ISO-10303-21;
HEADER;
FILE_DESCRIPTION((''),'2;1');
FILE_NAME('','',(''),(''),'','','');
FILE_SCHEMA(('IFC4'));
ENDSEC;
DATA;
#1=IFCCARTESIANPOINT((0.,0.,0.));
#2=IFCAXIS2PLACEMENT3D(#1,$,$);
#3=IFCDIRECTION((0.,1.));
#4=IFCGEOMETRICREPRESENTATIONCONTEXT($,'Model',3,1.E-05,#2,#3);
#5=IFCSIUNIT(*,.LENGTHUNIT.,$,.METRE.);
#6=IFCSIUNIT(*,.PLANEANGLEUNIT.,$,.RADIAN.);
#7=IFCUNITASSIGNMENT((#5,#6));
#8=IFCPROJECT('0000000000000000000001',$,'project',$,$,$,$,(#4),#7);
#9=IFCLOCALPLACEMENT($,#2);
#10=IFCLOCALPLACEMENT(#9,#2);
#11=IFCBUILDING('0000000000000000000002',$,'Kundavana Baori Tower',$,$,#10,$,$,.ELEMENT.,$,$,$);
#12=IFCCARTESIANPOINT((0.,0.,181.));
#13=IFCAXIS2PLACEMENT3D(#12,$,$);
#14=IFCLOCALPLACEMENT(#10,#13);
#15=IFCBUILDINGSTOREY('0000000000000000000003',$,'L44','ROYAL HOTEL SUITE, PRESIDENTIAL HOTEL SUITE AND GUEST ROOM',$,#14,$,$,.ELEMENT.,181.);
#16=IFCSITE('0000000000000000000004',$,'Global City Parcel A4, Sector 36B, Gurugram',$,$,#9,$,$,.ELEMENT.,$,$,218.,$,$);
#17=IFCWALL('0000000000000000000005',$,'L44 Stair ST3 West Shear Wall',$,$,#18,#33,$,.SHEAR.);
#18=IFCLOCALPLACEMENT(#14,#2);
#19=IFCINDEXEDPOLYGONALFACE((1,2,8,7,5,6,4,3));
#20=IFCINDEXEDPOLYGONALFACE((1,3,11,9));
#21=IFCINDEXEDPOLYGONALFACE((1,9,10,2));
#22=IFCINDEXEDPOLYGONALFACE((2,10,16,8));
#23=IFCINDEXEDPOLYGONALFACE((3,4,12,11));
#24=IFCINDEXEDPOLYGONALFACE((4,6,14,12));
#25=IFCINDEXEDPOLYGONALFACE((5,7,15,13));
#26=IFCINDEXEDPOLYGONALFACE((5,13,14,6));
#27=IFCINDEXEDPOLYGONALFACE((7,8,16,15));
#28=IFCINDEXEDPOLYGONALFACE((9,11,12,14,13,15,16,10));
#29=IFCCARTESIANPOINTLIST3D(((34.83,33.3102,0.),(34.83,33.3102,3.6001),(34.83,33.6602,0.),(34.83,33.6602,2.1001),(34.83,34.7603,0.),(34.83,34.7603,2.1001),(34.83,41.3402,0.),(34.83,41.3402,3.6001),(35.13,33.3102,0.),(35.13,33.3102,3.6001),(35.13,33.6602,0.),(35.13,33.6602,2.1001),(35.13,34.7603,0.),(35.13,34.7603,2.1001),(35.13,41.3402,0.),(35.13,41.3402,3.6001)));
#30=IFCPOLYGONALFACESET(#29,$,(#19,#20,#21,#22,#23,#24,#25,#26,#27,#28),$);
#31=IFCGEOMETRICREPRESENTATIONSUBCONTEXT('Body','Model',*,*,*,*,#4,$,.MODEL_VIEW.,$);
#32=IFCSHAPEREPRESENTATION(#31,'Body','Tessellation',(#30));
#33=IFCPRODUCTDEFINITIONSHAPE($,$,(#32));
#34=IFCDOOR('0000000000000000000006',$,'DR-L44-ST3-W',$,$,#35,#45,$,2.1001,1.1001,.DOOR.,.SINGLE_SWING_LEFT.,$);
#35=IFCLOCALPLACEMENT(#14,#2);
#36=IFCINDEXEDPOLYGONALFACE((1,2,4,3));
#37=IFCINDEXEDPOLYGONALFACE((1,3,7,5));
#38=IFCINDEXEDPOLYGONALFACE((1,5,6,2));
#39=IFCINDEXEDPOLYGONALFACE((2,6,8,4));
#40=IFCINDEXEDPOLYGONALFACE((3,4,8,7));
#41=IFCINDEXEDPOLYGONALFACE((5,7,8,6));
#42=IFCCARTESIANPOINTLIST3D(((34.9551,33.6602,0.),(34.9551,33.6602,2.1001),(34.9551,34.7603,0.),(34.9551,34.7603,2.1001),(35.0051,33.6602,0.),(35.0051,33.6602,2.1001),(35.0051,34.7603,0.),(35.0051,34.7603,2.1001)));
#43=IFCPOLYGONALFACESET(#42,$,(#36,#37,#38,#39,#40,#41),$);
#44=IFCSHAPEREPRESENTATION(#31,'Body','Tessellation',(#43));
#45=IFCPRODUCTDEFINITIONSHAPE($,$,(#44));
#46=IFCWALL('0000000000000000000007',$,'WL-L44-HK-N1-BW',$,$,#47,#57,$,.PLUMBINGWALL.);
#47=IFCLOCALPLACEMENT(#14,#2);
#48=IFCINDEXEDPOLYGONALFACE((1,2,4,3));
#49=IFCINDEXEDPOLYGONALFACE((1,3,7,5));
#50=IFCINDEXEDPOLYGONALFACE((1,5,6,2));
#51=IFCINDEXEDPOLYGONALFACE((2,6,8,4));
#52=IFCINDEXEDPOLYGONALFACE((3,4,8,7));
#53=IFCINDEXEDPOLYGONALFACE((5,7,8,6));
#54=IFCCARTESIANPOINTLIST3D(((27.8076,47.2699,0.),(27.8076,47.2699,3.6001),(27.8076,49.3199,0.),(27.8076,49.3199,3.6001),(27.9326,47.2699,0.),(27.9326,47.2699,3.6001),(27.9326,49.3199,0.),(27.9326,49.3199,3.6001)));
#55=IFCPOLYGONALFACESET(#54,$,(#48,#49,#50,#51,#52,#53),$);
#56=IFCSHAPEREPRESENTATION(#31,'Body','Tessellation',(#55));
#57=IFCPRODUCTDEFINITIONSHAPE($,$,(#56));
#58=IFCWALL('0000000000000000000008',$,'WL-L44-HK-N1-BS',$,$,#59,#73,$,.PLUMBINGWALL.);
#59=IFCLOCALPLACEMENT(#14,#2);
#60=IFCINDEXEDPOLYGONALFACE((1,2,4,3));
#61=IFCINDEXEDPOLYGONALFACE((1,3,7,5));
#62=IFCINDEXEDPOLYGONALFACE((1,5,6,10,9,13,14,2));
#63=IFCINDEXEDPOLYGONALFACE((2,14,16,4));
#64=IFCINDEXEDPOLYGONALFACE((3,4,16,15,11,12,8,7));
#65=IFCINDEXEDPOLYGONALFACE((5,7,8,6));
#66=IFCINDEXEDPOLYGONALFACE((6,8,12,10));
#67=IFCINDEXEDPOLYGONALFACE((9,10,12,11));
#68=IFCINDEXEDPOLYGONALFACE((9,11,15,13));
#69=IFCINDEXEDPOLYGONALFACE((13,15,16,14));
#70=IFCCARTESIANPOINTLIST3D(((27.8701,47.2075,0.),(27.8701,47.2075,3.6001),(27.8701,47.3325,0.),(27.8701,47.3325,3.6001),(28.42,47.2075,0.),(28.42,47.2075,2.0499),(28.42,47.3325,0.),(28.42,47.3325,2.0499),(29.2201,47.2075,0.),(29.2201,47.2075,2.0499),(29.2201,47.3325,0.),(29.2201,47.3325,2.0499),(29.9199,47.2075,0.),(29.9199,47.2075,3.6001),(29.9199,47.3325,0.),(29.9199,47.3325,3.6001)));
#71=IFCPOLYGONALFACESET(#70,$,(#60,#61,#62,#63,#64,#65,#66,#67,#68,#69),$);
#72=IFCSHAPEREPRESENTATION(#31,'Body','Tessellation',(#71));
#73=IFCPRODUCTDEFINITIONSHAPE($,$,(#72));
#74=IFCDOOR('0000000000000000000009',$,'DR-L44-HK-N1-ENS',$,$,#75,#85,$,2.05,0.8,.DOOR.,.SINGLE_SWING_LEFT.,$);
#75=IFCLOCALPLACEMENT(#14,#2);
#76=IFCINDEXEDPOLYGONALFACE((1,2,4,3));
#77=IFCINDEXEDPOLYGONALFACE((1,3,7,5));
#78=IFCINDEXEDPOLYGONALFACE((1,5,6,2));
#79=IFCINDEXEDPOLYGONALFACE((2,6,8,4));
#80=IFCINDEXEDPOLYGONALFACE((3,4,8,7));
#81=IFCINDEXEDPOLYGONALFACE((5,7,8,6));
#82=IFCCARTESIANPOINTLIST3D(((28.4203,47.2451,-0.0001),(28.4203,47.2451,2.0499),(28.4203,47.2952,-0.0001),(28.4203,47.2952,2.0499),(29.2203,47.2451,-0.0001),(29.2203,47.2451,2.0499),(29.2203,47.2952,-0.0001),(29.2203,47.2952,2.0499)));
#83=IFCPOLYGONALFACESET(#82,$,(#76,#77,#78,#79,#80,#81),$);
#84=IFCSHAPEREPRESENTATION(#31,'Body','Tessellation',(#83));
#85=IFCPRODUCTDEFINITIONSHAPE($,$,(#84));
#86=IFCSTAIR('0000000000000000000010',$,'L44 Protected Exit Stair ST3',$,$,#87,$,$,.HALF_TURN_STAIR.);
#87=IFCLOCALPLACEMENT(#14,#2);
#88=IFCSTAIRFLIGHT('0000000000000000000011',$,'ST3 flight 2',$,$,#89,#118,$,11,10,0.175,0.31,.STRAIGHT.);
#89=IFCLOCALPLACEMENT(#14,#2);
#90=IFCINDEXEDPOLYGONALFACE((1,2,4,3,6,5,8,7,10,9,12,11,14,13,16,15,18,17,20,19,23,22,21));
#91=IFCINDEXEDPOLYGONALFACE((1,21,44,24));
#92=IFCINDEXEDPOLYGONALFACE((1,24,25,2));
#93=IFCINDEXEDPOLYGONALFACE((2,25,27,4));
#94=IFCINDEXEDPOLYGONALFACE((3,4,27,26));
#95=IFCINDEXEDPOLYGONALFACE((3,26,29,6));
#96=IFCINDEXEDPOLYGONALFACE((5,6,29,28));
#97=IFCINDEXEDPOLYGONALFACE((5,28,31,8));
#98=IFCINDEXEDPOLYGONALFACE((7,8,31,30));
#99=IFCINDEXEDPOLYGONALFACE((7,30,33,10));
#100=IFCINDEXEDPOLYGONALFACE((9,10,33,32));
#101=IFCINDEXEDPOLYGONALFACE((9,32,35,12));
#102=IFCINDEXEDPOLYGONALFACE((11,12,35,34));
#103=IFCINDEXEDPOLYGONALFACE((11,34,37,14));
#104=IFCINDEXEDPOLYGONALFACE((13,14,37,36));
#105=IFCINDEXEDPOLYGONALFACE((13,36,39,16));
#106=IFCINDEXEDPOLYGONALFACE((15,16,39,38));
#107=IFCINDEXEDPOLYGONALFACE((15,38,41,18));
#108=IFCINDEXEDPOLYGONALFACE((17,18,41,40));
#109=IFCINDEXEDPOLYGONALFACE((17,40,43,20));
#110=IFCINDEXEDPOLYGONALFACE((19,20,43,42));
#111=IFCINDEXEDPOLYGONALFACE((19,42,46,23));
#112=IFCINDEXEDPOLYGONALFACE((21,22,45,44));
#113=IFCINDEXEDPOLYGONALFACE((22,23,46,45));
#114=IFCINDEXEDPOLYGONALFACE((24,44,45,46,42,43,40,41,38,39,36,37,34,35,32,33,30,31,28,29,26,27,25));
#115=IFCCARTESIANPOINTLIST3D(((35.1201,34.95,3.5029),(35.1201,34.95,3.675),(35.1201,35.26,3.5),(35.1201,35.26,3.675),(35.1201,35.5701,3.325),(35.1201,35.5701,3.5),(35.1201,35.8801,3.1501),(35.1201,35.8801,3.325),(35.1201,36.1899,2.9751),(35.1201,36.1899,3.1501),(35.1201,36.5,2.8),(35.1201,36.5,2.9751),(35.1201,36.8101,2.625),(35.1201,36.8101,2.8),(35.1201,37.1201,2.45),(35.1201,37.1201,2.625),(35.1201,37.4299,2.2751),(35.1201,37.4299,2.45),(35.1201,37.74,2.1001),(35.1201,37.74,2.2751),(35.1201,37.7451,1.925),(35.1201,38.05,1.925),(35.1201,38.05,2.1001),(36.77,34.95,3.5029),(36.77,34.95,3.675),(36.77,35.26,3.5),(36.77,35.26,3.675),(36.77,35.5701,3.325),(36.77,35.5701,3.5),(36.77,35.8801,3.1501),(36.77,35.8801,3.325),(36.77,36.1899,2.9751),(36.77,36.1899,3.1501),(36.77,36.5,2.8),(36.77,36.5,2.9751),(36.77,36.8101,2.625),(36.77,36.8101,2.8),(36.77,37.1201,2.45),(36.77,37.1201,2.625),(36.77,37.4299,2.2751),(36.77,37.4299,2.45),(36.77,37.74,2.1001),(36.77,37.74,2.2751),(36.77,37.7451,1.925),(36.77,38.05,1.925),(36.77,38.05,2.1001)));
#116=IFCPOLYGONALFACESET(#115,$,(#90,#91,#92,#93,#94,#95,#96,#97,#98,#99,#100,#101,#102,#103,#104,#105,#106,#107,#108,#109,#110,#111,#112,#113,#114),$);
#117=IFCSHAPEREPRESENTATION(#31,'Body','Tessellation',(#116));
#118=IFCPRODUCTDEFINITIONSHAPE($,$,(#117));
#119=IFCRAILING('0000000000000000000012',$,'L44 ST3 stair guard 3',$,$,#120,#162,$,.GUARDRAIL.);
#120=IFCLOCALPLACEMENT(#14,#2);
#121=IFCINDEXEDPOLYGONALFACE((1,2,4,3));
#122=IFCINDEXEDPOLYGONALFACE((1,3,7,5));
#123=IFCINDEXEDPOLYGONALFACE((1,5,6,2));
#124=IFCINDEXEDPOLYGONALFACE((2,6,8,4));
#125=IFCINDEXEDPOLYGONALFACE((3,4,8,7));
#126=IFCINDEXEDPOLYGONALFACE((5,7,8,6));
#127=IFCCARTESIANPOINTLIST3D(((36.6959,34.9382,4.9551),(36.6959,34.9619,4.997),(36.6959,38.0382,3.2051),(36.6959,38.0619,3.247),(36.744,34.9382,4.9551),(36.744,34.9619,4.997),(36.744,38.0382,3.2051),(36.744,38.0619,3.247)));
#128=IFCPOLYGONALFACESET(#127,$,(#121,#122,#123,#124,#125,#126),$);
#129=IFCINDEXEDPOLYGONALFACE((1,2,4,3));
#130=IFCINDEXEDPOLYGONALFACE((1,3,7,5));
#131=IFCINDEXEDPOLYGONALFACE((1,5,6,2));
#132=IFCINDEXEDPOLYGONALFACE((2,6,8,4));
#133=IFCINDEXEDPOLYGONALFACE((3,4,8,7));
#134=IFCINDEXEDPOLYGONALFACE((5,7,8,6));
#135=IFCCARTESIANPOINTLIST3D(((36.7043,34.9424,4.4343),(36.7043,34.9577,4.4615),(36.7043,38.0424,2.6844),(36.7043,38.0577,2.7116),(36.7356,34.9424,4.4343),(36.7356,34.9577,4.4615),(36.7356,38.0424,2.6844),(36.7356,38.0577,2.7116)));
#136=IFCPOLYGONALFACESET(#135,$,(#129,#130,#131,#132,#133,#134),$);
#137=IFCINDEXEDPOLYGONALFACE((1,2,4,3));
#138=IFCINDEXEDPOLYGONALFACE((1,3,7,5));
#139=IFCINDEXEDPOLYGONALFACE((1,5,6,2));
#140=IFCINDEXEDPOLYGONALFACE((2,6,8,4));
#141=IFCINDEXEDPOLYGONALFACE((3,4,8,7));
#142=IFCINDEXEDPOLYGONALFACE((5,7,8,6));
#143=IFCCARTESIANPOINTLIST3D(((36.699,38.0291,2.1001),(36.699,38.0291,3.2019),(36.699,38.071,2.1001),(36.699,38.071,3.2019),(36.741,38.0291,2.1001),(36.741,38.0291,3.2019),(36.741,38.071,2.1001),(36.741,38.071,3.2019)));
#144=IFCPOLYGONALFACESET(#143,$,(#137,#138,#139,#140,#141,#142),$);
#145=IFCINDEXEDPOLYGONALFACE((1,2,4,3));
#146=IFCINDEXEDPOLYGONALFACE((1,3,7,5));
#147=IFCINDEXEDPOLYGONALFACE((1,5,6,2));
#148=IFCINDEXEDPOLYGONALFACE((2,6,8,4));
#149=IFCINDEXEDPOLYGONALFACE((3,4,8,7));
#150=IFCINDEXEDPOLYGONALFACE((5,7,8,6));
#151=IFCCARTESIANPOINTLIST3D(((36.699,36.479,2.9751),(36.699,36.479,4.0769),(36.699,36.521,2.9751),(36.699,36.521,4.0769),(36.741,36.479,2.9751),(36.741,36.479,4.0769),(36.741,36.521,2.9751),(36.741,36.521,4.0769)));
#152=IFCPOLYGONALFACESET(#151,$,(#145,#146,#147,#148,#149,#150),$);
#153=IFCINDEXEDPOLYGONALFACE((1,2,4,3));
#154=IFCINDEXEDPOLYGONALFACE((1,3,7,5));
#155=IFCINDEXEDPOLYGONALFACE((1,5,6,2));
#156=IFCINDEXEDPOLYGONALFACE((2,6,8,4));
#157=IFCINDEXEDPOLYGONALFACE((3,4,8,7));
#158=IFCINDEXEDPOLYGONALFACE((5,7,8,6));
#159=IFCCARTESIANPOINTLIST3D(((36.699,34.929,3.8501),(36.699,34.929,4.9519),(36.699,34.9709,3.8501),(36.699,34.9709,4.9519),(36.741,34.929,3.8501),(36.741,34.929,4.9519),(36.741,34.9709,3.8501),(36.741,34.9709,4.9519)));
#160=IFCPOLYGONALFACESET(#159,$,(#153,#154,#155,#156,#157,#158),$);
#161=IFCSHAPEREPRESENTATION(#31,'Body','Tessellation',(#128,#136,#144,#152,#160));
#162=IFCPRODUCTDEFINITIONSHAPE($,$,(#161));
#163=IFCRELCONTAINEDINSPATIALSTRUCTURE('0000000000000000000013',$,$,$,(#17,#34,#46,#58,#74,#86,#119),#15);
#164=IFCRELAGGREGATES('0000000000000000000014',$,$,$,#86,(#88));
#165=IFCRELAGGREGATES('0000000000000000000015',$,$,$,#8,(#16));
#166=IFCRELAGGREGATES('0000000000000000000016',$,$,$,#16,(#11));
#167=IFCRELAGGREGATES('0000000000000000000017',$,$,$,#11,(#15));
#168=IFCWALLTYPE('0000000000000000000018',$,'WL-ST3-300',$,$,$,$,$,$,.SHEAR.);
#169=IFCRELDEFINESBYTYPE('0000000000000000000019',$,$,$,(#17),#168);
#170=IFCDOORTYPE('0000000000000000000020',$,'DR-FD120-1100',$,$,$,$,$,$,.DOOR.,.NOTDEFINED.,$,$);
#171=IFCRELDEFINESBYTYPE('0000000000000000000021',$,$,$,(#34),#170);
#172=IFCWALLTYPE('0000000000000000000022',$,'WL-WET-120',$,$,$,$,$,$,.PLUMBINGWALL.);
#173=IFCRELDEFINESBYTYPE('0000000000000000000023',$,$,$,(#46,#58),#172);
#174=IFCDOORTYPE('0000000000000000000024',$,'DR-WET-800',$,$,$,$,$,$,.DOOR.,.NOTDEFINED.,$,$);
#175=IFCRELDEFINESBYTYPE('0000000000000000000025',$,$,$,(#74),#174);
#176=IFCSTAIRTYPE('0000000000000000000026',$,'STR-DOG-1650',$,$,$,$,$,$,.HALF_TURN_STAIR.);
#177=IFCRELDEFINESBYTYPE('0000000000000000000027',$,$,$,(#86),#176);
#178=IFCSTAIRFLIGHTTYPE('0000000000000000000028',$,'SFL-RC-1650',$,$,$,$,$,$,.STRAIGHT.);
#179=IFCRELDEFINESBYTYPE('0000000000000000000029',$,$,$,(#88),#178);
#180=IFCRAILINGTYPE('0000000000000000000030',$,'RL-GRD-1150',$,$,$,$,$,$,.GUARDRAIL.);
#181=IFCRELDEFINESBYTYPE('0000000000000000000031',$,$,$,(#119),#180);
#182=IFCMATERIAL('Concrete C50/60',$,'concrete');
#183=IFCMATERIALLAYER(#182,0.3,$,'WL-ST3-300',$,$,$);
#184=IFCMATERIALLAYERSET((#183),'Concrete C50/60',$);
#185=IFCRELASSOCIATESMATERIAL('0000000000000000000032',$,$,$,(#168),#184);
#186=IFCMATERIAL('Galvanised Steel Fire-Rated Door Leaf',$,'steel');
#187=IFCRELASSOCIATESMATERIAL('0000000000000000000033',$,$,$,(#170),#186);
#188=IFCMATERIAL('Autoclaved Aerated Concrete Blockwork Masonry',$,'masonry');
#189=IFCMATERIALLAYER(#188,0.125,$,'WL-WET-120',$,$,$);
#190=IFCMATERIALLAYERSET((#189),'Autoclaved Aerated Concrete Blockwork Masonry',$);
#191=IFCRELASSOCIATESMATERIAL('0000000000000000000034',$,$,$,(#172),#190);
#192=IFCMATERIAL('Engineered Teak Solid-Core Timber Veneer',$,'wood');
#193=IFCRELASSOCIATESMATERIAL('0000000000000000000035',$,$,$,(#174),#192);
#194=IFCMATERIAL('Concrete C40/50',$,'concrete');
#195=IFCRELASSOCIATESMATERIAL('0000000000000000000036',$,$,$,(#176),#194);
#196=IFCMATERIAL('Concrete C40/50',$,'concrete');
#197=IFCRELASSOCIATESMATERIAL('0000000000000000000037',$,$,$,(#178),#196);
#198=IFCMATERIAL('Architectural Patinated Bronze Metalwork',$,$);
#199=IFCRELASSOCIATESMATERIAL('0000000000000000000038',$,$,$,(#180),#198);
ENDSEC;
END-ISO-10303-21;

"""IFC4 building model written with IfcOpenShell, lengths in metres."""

from ifc_helpers import new_model, si_unit, direction, frame, frame_2d, origin, origin_2d, place, context, subcontext, project, spatial, polyline, rectangle, outline, extrude, material, layer, layer_set, type_object, element, fill, aggregate, save


model = new_model("IFC4")

# Units and contexts
model_context = context("Model", 3, precision=1e-05, world=origin(), true_north=direction((0.0, 1.0)))
body_context = subcontext(model_context, "Body", "Model", "MODEL_VIEW")
ifc_project = project(units=[si_unit("LENGTHUNIT", "METRE"), si_unit("PLANEANGLEUNIT", "RADIAN")], contexts=[model_context])

# Site, building, storey
site_placement = place(None, origin())
site = spatial("IfcSite", under=ifc_project, at=site_placement, Name="Global City Parcel A4, Sector 36B, Gurugram", CompositionType="ELEMENT", RefElevation=218.0)
building_placement = place(site_placement, origin())
building = spatial("IfcBuilding", under=site, at=building_placement, Name="Kundavana Baori Tower", CompositionType="ELEMENT")
storey_placement = place(building_placement, frame((0.0, 0.0, 181.0)))
storey = spatial("IfcBuildingStorey", under=building, at=storey_placement, Name="L44", Description="ROYAL HOTEL SUITE, PRESIDENTIAL HOTEL SUITE AND GUEST ROOM", CompositionType="ELEMENT", Elevation=181.0)

# Shared definitions
ifc_material_1 = material(Name="Concrete C50/60", Category="concrete")
ifc_layer_1 = layer(ifc_material_1, 0.3, Name="WL-ST3-300")
ifc_layer_set_1 = layer_set([ifc_layer_1], Name="Concrete C50/60")
wall_type_1 = type_object("IfcWallType", Name="WL-ST3-300", PredefinedType="SHEAR", material=ifc_layer_set_1)

# Wall, opening, door
wall_1_placement = place(storey_placement, frame((34.98, 33.3101, 0.0), z_axis=(0.0, 0.0, 1.0), x_axis=(0.0, 1.0, 0.0)))
wall_1 = element("IfcWall", 1, at=wall_1_placement, inside=storey, type_object=wall_type_1, Name="L44 Stair ST3 West Shear Wall", PredefinedType="SHEAR", context=body_context, shape_type="SweptSolid", body=[
    extrude(rectangle(XDim=8.03, YDim=0.3, at=frame_2d((4.0151, 0.0))), origin(), (0.0, 0.0, 1.0), 3.6001),
])
opening_1_placement = place(wall_1_placement, frame((0.3501, 0.0, 0.0)))
opening_1 = element("IfcOpeningElement", 2, at=opening_1_placement, cuts=wall_1, PredefinedType="OPENING", context=body_context, shape_type="SweptSolid", body=[
    extrude(rectangle(XDim=1.1001, YDim=2.1001, at=frame_2d((0.55, 1.05))), frame((0.0, 0.1602, 0.0), z_axis=(0.0, -1.0, 0.0), x_axis=(1.0, 0.0, 0.0)), (0.0, 0.0, 1.0), 0.3201),
])
ifc_material_2 = material(Name="Galvanised Steel Fire-Rated Door Leaf", Category="steel")
door_type_1 = type_object("IfcDoorType", Name="DR-FD120-1100", OperationType="NOTDEFINED", PredefinedType="DOOR", material=ifc_material_2)
door_1_placement = place(opening_1_placement, origin())
door_1 = element("IfcDoor", 3, at=door_1_placement, inside=storey, type_object=door_type_1, Name="DR-L44-ST3-W", OperationType="SINGLE_SWING_LEFT", OverallHeight=2.1001, OverallWidth=1.1001, PredefinedType="DOOR", context=body_context, shape_type="SweptSolid", body=[
    extrude(rectangle(XDim=1.1001, YDim=2.1001, at=frame_2d((0.55, 1.05))), frame((0.0, 0.0249, 0.0), z_axis=(0.0, -1.0, 0.0), x_axis=(1.0, 0.0, 0.0)), (0.0, 0.0, 1.0), 0.05),
])
fill(opening_1, door_1)

# Wall
ifc_material_3 = material(Name="Autoclaved Aerated Concrete Blockwork Masonry", Category="masonry")
ifc_layer_2 = layer(ifc_material_3, 0.125, Name="WL-WET-120")
ifc_layer_set_2 = layer_set([ifc_layer_2], Name="Autoclaved Aerated Concrete Blockwork Masonry")
wall_type_2 = type_object("IfcWallType", Name="WL-WET-120", PredefinedType="PLUMBINGWALL", material=ifc_layer_set_2)
wall_2_placement = place(storey_placement, frame((27.8701, 47.27, 0.0), z_axis=(0.0, 0.0, 1.0), x_axis=(0.0, 1.0, 0.0)))
element("IfcWall", 4, at=wall_2_placement, inside=storey, type_object=wall_type_2, Name="WL-L44-HK-N1-BW", PredefinedType="PLUMBINGWALL", context=body_context, shape_type="SweptSolid", body=[
    extrude(rectangle(XDim=2.05, YDim=0.125, at=frame_2d((1.0249, 0.0))), origin(), (0.0, 0.0, 1.0), 3.6001),
])

# Wall, opening, door
wall_3_placement = place(storey_placement, frame((27.8701, 47.27, 0.0), z_axis=(0.0, 0.0, 1.0), x_axis=(1.0, 0.0, 0.0)))
wall_3 = element("IfcWall", 5, at=wall_3_placement, inside=storey, type_object=wall_type_2, Name="WL-L44-HK-N1-BS", PredefinedType="PLUMBINGWALL", context=body_context, shape_type="SweptSolid", body=[
    extrude(rectangle(XDim=2.0498, YDim=0.125, at=frame_2d((1.0249, 0.0))), origin(), (0.0, 0.0, 1.0), 3.6001),
])
opening_2_placement = place(wall_3_placement, frame((0.55, 0.0, 0.0)))
opening_2 = element("IfcOpeningElement", 6, at=opening_2_placement, cuts=wall_3, PredefinedType="OPENING", context=body_context, shape_type="SweptSolid", body=[
    extrude(rectangle(XDim=0.8, YDim=2.05, at=frame_2d((0.3999, 1.0249))), frame((0.0, 0.0725, 0.0), z_axis=(0.0, -1.0, 0.0), x_axis=(1.0, 0.0, 0.0)), (0.0, 0.0, 1.0), 0.145),
])
ifc_material_4 = material(Name="Engineered Teak Solid-Core Timber Veneer", Category="wood")
door_type_2 = type_object("IfcDoorType", Name="DR-WET-800", OperationType="NOTDEFINED", PredefinedType="DOOR", material=ifc_material_4)
door_2_placement = place(opening_2_placement, frame((0.8, 0.0, 0.0), z_axis=(0.0, 0.0, 1.0), x_axis=(-1.0, 0.0, 0.0)))
door_2 = element("IfcDoor", 7, at=door_2_placement, inside=storey, type_object=door_type_2, Name="DR-L44-HK-N1-ENS", OperationType="SINGLE_SWING_LEFT", OverallHeight=2.05, OverallWidth=0.8, PredefinedType="DOOR", context=body_context, shape_type="SweptSolid", body=[
    extrude(rectangle(XDim=0.8, YDim=2.05, at=frame_2d((0.3999, 1.0249))), frame((0.0, 0.0249, 0.0), z_axis=(0.0, -1.0, 0.0), x_axis=(1.0, 0.0, 0.0)), (0.0, 0.0, 1.0), 0.05),
])
fill(opening_2, door_2)

# Stair, stair flight
ifc_material_5 = material(Name="Concrete C40/50", Category="concrete")
stair_type = type_object("IfcStairType", Name="STR-DOG-1650", PredefinedType="HALF_TURN_STAIR", material=ifc_material_5)
stair_placement = place(storey_placement, origin())
stair = element("IfcStair", 8, at=stair_placement, inside=storey, type_object=stair_type, Name="L44 Protected Exit Stair ST3", PredefinedType="HALF_TURN_STAIR")
ifc_material_6 = material(Name="Concrete C40/50", Category="concrete")
stair_flight_type = type_object("IfcStairFlightType", Name="SFL-RC-1650", PredefinedType="STRAIGHT", material=ifc_material_6)
stair_flight_placement = place(storey_placement, frame((35.9451, 38.05, 1.925), z_axis=(0.0, 0.0, 1.0), x_axis=(0.0, -1.0, 0.0)))
stair_flight = element("IfcStairFlight", 9, at=stair_flight_placement, type_object=stair_flight_type, Name="ST3 flight 2", NumberOfRisers=11, NumberOfTreads=10, PredefinedType="STRAIGHT", RiserHeight=0.175, TreadLength=0.31, context=body_context, shape_type="SweptSolid", body=[
    extrude(outline(polyline([(0.0, 0.0), (0.0, 0.175), (0.3101, 0.175), (0.3101, 0.3501), (0.6201, 0.3501), (0.6201, 0.5249), (0.9299, 0.5249), (0.9299, 0.7), (1.24, 0.7), (1.24, 0.875), (1.55, 0.875), (1.55, 1.05), (1.8601, 1.05), (1.8601, 1.2251), (2.1699, 1.2251), (2.1699, 1.3999), (2.48, 1.3999), (2.48, 1.575), (2.79, 1.575), (2.79, 1.75), (3.1001, 1.75), (3.1001, 1.925), (3.1001, 1.5779), (0.3049, 0.0), (0.0, 0.0)])), frame((0.0, 0.825, 0.0), z_axis=(0.0, -1.0, 0.0), x_axis=(1.0, 0.0, 0.0)), (0.0, 0.0, 1.0), 1.6499),
])
aggregate(stair, [stair_flight])

# Railing
ifc_material_7 = material(Name="Architectural Patinated Bronze Metalwork")
railing_type_1 = type_object("IfcRailingType", Name="RL-GRD-1150", PredefinedType="GUARDRAIL", material=ifc_material_7)
railing_1_placement = place(storey_placement, frame((36.72, 38.05, 2.1001)))
element("IfcRailing", 10, at=railing_1_placement, inside=storey, type_object=railing_type_1, Name="L44 ST3 stair guard 3", PredefinedType="GUARDRAIL", context=body_context, shape_type="SweptSolid", body=[
    extrude(rectangle(XDim=0.0481, YDim=0.0481, at=origin_2d()), frame((0.0, 0.0, 1.126), z_axis=(0.0, -0.870831, 0.491583), x_axis=(1.0, 0.0, 0.0)), (0.0, 0.0, 1.0), 3.5598),
    extrude(rectangle(XDim=0.0312, YDim=0.0312, at=origin_2d()), frame((0.0, 0.0, 0.5979), z_axis=(0.0, -0.870831, 0.491583), x_axis=(1.0, 0.0, 0.0)), (0.0, 0.0, 1.0), 3.5598),
    extrude(rectangle(XDim=0.042, YDim=0.042, at=origin_2d()), origin(), (0.0, 0.0, 1.0), 1.1018),
    extrude(rectangle(XDim=0.042, YDim=0.042, at=origin_2d()), frame((0.0, -1.55, 0.875)), (0.0, 0.0, 1.0), 1.1018),
    extrude(rectangle(XDim=0.042, YDim=0.042, at=origin_2d()), frame((0.0, -3.1001, 1.75)), (0.0, 0.0, 1.0), 1.1018),
])

save(model, "model.ifc")
